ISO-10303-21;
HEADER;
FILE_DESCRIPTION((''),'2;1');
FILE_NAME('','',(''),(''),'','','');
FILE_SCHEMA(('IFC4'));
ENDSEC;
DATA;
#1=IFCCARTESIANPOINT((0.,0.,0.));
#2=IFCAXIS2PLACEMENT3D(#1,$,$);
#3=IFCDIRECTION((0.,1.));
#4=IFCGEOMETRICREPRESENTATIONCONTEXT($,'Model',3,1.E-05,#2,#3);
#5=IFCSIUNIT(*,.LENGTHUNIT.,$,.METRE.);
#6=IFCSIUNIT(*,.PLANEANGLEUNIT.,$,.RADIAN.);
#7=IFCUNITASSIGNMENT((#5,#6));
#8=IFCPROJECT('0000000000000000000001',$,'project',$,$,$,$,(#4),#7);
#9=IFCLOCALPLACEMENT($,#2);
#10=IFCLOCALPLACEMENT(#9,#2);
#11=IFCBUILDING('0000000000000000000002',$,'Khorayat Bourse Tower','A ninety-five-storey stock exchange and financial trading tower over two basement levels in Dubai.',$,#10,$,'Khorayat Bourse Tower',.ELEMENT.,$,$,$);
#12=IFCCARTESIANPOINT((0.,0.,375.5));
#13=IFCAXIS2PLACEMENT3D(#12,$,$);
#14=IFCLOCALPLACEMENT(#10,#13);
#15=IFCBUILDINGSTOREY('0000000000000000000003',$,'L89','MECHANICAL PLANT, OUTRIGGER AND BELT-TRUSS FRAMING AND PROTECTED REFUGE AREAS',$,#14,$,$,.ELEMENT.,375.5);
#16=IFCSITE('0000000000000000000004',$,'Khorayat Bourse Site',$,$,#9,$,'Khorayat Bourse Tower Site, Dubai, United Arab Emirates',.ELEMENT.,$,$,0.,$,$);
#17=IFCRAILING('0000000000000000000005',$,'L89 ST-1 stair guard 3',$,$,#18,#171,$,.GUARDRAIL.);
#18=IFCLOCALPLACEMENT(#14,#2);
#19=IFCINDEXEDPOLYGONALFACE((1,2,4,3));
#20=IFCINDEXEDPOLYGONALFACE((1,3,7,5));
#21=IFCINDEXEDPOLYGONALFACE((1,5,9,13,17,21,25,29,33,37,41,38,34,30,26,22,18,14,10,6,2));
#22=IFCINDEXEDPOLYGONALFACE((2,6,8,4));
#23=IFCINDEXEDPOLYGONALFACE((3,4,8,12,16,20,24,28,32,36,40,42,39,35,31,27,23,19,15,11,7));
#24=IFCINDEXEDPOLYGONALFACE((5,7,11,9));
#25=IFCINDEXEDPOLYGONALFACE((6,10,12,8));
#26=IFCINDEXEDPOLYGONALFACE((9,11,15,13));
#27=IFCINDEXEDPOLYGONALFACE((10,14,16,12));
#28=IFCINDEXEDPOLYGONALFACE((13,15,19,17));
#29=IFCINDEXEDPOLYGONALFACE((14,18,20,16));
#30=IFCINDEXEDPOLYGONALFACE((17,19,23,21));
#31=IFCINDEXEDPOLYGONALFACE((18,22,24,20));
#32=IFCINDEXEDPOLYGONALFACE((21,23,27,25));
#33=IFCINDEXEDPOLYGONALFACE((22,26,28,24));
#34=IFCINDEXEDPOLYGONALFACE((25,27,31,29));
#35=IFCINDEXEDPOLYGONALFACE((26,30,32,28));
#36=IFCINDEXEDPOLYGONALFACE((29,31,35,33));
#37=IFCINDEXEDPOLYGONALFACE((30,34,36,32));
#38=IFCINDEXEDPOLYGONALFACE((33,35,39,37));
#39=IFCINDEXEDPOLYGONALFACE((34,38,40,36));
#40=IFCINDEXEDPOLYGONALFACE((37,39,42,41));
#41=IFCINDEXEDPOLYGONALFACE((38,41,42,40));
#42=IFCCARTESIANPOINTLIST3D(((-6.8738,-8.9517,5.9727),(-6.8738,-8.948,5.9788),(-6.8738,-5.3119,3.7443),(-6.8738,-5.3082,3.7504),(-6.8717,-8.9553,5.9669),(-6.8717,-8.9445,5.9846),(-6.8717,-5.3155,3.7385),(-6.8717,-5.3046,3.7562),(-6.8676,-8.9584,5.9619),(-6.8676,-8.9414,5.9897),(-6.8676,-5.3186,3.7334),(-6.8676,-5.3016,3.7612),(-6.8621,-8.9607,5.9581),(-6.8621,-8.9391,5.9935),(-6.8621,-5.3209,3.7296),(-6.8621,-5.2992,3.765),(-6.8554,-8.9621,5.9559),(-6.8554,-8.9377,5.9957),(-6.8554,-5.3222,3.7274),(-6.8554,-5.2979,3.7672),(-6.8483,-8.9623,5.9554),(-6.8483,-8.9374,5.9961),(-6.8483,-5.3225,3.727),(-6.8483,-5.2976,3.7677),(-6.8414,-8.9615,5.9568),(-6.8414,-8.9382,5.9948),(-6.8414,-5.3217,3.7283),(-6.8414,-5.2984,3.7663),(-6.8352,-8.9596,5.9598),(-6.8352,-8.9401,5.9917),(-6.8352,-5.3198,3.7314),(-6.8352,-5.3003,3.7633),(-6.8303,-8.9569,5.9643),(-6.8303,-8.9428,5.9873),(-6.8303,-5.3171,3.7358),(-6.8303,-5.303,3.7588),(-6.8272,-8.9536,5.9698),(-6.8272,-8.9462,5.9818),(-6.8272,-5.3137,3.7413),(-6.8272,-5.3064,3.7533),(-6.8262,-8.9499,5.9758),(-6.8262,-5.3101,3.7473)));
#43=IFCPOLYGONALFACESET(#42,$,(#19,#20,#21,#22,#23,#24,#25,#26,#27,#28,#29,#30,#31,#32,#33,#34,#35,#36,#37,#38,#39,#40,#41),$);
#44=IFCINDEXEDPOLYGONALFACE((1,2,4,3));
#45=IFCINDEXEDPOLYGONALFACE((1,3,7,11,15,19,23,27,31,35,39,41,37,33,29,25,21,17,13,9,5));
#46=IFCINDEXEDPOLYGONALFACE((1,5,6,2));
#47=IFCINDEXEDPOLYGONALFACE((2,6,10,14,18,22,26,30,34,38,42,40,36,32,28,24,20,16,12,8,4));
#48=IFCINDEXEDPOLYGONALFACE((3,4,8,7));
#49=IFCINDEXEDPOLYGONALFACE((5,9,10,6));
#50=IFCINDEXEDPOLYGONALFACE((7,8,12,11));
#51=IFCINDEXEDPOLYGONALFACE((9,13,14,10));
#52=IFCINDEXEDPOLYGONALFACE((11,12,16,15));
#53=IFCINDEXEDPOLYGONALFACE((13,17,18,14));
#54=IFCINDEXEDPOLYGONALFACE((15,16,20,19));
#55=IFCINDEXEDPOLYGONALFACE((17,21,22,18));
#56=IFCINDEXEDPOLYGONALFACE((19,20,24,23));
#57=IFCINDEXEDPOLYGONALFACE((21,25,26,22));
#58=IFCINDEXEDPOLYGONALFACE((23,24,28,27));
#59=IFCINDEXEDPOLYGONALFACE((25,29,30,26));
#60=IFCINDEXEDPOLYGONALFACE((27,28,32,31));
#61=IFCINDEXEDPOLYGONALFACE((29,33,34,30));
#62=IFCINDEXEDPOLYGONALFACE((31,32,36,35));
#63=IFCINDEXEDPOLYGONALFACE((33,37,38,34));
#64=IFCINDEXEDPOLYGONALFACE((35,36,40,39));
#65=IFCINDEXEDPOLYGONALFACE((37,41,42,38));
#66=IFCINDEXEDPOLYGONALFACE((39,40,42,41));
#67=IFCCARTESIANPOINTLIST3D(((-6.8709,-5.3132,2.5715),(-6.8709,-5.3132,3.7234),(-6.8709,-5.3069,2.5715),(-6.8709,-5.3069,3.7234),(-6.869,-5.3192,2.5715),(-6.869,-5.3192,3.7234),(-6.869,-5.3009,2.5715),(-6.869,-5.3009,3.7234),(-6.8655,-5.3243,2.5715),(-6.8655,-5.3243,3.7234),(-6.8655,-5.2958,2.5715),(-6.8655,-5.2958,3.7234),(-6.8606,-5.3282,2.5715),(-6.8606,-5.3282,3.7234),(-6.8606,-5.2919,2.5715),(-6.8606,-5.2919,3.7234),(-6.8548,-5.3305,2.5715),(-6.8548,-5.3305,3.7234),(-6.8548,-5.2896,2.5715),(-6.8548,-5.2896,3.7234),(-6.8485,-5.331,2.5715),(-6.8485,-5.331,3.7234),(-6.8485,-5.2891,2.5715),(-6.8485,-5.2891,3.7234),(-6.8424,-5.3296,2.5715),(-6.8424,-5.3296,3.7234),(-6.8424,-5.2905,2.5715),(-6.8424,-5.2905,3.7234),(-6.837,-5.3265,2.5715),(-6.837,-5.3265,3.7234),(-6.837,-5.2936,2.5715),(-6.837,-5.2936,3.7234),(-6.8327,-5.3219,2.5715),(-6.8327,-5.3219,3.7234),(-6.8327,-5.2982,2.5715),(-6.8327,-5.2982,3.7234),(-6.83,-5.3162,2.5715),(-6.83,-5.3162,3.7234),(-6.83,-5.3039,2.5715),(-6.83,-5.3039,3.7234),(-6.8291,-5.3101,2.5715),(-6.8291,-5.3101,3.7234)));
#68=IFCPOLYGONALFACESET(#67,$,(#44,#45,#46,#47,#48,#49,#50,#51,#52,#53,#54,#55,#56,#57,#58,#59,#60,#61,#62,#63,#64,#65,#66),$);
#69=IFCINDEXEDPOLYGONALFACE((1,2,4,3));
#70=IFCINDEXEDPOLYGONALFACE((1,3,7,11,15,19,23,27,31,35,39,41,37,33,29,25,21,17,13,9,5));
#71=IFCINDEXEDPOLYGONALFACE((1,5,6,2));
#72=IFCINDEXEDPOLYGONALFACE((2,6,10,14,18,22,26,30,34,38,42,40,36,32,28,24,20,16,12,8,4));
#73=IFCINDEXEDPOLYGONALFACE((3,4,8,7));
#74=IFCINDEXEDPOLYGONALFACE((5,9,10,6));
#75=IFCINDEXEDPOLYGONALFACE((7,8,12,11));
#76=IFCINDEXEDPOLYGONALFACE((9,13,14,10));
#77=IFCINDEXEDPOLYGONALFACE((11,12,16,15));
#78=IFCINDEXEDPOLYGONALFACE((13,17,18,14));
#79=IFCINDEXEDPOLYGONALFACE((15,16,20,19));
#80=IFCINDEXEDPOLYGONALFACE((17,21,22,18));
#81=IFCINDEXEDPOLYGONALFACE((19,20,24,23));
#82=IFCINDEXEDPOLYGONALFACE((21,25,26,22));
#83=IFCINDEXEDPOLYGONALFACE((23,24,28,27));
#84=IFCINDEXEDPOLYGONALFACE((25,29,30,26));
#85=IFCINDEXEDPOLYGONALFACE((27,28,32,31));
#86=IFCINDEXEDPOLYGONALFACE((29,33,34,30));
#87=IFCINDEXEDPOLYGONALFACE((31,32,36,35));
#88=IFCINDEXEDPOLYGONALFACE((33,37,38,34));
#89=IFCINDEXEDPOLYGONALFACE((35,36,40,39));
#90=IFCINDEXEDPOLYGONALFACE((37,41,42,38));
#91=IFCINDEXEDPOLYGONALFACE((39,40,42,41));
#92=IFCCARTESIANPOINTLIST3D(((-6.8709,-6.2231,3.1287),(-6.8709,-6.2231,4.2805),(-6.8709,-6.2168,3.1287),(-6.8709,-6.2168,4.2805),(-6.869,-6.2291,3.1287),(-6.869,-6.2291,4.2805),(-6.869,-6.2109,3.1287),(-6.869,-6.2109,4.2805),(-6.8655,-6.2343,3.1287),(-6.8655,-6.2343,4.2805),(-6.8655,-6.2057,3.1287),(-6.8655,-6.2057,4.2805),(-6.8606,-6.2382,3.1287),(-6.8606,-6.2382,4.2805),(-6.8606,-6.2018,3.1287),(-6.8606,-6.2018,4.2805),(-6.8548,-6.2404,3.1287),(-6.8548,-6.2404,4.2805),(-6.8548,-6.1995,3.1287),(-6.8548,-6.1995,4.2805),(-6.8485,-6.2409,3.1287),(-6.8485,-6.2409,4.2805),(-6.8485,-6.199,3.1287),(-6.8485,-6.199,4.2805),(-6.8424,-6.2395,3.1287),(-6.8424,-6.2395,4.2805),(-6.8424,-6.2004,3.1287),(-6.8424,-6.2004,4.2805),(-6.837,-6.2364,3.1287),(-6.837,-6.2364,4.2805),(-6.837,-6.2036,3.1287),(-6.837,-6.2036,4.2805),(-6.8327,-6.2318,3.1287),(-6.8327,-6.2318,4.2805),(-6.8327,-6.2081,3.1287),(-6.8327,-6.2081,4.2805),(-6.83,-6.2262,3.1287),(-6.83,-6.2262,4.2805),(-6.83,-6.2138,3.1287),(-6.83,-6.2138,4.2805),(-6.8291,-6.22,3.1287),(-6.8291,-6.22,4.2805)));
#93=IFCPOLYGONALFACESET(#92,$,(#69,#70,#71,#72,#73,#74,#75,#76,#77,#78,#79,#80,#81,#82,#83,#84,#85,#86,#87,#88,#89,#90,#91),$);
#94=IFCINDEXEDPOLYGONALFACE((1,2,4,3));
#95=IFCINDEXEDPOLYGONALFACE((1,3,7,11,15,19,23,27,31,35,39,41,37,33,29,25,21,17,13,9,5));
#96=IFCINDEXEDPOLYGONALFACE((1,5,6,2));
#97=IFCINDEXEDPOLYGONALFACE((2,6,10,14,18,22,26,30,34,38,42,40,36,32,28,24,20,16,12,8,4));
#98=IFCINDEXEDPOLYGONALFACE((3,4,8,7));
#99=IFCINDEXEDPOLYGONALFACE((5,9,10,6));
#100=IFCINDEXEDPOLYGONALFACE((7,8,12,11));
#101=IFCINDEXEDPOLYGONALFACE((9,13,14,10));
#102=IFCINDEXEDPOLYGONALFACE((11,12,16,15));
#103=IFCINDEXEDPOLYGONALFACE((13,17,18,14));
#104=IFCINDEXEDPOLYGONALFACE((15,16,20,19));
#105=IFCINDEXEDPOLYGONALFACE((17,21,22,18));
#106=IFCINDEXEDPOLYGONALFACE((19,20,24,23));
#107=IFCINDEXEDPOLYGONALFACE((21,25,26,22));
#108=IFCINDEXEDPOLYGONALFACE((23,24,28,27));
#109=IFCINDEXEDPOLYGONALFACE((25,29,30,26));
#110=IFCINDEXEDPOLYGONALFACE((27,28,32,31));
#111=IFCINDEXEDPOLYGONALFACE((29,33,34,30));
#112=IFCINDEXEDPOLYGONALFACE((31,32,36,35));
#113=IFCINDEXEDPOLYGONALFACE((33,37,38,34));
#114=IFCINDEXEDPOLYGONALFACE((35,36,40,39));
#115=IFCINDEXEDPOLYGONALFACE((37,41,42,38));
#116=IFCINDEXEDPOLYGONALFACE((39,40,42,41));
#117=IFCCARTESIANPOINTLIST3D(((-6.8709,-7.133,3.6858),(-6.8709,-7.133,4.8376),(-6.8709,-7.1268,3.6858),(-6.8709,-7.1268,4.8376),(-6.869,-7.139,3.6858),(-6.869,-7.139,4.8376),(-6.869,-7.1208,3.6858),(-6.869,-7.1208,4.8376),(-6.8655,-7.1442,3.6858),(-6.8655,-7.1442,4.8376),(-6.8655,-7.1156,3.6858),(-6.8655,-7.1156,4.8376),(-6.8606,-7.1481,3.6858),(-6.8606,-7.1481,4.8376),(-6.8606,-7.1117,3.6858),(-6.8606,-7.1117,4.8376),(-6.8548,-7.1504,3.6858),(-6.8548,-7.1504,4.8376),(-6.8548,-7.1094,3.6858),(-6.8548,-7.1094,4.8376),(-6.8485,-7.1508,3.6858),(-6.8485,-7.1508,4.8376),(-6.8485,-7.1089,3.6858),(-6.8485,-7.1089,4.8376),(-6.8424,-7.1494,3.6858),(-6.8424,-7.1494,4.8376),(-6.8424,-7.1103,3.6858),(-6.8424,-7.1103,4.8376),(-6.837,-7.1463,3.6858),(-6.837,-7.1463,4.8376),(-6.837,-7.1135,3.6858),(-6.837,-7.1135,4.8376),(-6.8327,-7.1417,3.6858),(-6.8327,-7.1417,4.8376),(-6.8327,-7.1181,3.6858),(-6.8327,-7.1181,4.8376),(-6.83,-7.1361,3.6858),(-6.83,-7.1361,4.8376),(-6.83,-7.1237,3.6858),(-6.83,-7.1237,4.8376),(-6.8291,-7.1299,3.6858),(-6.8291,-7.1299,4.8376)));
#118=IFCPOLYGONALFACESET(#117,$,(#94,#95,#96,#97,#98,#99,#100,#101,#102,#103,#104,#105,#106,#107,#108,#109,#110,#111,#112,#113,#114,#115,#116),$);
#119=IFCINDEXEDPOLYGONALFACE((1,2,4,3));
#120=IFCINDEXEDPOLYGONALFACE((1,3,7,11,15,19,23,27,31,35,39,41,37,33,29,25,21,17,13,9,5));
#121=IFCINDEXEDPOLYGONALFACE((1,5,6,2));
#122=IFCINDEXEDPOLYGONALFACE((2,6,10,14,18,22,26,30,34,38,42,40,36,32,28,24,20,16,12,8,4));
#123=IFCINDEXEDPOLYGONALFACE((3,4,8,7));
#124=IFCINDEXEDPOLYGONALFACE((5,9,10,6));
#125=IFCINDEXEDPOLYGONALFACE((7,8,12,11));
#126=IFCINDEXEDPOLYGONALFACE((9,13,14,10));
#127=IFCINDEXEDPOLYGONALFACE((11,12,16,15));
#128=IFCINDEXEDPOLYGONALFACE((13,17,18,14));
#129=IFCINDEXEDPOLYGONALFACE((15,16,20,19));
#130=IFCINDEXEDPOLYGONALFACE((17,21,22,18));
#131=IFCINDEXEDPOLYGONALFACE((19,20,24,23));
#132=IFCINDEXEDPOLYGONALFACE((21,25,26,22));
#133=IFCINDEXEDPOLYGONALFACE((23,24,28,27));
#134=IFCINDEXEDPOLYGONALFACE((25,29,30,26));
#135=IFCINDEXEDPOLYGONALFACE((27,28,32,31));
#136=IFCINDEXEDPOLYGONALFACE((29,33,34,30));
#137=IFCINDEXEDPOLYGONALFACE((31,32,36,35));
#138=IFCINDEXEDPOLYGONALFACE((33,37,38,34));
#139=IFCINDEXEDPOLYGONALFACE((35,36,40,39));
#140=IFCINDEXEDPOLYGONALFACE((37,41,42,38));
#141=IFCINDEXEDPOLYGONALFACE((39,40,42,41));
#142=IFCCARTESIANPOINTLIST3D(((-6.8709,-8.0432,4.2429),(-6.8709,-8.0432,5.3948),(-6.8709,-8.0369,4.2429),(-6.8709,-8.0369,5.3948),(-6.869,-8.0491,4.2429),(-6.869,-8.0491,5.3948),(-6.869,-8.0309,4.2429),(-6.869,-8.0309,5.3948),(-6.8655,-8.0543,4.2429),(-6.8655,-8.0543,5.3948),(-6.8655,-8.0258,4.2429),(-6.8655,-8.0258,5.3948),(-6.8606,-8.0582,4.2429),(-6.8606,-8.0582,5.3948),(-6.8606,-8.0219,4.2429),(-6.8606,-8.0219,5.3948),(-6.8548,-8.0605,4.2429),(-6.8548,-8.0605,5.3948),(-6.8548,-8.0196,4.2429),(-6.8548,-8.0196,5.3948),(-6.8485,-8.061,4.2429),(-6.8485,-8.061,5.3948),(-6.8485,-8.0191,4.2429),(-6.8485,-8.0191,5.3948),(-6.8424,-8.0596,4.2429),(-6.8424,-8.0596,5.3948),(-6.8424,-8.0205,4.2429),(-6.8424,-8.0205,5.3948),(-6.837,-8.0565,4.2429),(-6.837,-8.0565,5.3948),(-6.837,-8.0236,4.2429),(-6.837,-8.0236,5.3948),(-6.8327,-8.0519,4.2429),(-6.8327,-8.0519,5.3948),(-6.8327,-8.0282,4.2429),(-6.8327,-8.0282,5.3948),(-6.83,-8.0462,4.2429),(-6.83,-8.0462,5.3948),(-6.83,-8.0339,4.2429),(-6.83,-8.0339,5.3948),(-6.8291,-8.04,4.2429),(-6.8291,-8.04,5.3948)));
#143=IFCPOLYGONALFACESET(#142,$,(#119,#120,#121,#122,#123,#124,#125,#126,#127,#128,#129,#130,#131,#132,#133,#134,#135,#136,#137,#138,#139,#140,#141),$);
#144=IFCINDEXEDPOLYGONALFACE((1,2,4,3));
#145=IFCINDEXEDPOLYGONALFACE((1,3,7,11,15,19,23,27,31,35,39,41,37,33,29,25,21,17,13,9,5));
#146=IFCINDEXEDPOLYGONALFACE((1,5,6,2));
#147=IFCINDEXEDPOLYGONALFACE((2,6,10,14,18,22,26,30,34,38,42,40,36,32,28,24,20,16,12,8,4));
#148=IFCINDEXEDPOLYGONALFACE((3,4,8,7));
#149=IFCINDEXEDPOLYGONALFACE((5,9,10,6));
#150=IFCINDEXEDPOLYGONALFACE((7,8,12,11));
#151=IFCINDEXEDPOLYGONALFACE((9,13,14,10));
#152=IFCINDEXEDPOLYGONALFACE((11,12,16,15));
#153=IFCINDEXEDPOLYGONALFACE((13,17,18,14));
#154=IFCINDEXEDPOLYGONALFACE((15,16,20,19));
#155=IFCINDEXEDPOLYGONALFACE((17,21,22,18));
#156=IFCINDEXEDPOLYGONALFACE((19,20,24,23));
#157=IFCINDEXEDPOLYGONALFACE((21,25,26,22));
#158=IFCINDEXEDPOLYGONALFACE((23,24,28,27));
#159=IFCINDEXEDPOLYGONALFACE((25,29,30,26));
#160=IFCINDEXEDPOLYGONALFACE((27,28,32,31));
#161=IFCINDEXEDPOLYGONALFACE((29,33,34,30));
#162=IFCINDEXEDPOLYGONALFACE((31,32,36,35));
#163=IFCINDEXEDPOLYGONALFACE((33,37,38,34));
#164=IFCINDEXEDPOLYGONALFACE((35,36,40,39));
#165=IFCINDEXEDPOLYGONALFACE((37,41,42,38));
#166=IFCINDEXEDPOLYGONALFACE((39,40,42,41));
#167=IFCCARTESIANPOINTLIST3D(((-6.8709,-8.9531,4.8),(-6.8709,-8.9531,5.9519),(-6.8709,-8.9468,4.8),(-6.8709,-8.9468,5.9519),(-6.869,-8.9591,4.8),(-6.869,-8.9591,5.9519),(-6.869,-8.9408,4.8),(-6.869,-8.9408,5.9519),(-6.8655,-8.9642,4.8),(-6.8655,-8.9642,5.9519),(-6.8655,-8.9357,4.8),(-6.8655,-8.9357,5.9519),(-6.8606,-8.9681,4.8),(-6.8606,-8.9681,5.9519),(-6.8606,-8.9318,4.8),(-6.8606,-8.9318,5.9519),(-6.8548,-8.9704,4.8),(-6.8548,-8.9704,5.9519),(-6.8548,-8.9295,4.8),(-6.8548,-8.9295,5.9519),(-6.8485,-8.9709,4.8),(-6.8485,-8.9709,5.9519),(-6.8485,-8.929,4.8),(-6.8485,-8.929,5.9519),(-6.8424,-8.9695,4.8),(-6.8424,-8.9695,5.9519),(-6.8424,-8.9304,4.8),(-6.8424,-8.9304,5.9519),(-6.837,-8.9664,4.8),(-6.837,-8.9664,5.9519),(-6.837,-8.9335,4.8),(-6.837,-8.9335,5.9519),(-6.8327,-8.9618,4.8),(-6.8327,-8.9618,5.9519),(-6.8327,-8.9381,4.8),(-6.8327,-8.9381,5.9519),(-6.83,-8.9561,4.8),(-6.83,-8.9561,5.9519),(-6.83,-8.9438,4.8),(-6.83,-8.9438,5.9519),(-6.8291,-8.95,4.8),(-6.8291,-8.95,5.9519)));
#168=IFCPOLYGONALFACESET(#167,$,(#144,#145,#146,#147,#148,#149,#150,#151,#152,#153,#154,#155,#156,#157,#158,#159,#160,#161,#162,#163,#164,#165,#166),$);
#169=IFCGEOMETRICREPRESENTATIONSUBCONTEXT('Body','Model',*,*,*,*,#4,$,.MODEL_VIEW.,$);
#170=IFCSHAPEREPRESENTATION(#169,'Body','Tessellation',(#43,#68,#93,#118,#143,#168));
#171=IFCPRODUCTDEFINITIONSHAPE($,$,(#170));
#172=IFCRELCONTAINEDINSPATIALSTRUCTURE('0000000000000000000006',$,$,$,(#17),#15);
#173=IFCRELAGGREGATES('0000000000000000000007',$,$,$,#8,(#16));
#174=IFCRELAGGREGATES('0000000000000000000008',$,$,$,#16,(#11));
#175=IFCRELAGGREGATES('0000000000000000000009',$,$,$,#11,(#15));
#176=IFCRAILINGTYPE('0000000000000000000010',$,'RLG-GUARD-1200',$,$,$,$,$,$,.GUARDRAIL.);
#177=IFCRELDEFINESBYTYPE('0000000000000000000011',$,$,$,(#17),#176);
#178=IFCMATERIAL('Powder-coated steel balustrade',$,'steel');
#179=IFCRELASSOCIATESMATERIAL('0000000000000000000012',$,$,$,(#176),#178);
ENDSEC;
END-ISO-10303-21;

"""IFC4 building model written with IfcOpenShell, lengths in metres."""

from ifc_helpers import new_model, si_unit, direction, frame, origin, origin_2d, place, context, subcontext, project, spatial, circle, extrude, source, transform, mapped, material, type_object, element, save


model = new_model("IFC4")

# Units and contexts
model_context = context("Model", 3, precision=1e-05, world=origin(), true_north=direction((0.0, 1.0)))
body_context = subcontext(model_context, "Body", "Model", "MODEL_VIEW")
ifc_project = project(units=[si_unit("LENGTHUNIT", "METRE"), si_unit("PLANEANGLEUNIT", "RADIAN")], contexts=[model_context])

# Site, building, storey
site_placement = place(None, origin())
site = spatial("IfcSite", under=ifc_project, at=site_placement, Name="Khorayat Bourse Site", LongName="Khorayat Bourse Tower Site, Dubai, United Arab Emirates", CompositionType="ELEMENT", RefElevation=0.0)
building_placement = place(site_placement, origin())
building = spatial("IfcBuilding", under=site, at=building_placement, Name="Khorayat Bourse Tower", Description="A ninety-five-storey stock exchange and financial trading tower over two basement levels in Dubai.", LongName="Khorayat Bourse Tower", CompositionType="ELEMENT")
storey_placement = place(building_placement, frame((0.0, 0.0, 375.5)))
storey = spatial("IfcBuildingStorey", under=building, at=storey_placement, Name="L89", Description="MECHANICAL PLANT, OUTRIGGER AND BELT-TRUSS FRAMING AND PROTECTED REFUGE AREAS", CompositionType="ELEMENT", Elevation=375.5)

# Railing
ifc_material_1 = material(Name="Powder-coated steel balustrade", Category="steel")
railing_type_1 = type_object("IfcRailingType", Name="RLG-GUARD-1200", PredefinedType="GUARDRAIL", material=ifc_material_1)
shared_shape_1 = source(origin(), body_context, "Body", "SweptSolid", [
    extrude(circle(Radius=0.0239, at=origin_2d()), frame((0.0, 0.0, 1.1758), z_axis=(0.0, -0.85285, 0.522156), x_axis=(1.0, 0.0, 0.0)), (0.0, 0.0, 1.0), 4.2678),
    extrude(circle(Radius=0.021, at=origin_2d()), origin(), (0.0, 0.0, 1.0), 1.1519),
    extrude(circle(Radius=0.021, at=origin_2d()), frame((0.0, -0.9099, 0.5571)), (0.0, 0.0, 1.0), 1.1519),
    extrude(circle(Radius=0.021, at=origin_2d()), frame((0.0, -1.8198, 1.1143)), (0.0, 0.0, 1.0), 1.1519),
    extrude(circle(Radius=0.021, at=origin_2d()), frame((0.0, -2.73, 1.6714)), (0.0, 0.0, 1.0), 1.1519),
    extrude(circle(Radius=0.021, at=origin_2d()), frame((0.0, -3.6399, 2.2285)), (0.0, 0.0, 1.0), 1.1519),
])
railing_1_placement = place(storey_placement, frame((-6.8501, -5.3101, 2.5715)))
element("IfcRailing", 1, at=railing_1_placement, inside=storey, type_object=railing_type_1, Name="L89 ST-1 stair guard 3", PredefinedType="GUARDRAIL", context=body_context, shape_type="MappedRepresentation", body=[
    mapped(shared_shape_1, transform((0.0, 0.0, 0.0), scale=1.0)),
])

save(model, "model.ifc")
